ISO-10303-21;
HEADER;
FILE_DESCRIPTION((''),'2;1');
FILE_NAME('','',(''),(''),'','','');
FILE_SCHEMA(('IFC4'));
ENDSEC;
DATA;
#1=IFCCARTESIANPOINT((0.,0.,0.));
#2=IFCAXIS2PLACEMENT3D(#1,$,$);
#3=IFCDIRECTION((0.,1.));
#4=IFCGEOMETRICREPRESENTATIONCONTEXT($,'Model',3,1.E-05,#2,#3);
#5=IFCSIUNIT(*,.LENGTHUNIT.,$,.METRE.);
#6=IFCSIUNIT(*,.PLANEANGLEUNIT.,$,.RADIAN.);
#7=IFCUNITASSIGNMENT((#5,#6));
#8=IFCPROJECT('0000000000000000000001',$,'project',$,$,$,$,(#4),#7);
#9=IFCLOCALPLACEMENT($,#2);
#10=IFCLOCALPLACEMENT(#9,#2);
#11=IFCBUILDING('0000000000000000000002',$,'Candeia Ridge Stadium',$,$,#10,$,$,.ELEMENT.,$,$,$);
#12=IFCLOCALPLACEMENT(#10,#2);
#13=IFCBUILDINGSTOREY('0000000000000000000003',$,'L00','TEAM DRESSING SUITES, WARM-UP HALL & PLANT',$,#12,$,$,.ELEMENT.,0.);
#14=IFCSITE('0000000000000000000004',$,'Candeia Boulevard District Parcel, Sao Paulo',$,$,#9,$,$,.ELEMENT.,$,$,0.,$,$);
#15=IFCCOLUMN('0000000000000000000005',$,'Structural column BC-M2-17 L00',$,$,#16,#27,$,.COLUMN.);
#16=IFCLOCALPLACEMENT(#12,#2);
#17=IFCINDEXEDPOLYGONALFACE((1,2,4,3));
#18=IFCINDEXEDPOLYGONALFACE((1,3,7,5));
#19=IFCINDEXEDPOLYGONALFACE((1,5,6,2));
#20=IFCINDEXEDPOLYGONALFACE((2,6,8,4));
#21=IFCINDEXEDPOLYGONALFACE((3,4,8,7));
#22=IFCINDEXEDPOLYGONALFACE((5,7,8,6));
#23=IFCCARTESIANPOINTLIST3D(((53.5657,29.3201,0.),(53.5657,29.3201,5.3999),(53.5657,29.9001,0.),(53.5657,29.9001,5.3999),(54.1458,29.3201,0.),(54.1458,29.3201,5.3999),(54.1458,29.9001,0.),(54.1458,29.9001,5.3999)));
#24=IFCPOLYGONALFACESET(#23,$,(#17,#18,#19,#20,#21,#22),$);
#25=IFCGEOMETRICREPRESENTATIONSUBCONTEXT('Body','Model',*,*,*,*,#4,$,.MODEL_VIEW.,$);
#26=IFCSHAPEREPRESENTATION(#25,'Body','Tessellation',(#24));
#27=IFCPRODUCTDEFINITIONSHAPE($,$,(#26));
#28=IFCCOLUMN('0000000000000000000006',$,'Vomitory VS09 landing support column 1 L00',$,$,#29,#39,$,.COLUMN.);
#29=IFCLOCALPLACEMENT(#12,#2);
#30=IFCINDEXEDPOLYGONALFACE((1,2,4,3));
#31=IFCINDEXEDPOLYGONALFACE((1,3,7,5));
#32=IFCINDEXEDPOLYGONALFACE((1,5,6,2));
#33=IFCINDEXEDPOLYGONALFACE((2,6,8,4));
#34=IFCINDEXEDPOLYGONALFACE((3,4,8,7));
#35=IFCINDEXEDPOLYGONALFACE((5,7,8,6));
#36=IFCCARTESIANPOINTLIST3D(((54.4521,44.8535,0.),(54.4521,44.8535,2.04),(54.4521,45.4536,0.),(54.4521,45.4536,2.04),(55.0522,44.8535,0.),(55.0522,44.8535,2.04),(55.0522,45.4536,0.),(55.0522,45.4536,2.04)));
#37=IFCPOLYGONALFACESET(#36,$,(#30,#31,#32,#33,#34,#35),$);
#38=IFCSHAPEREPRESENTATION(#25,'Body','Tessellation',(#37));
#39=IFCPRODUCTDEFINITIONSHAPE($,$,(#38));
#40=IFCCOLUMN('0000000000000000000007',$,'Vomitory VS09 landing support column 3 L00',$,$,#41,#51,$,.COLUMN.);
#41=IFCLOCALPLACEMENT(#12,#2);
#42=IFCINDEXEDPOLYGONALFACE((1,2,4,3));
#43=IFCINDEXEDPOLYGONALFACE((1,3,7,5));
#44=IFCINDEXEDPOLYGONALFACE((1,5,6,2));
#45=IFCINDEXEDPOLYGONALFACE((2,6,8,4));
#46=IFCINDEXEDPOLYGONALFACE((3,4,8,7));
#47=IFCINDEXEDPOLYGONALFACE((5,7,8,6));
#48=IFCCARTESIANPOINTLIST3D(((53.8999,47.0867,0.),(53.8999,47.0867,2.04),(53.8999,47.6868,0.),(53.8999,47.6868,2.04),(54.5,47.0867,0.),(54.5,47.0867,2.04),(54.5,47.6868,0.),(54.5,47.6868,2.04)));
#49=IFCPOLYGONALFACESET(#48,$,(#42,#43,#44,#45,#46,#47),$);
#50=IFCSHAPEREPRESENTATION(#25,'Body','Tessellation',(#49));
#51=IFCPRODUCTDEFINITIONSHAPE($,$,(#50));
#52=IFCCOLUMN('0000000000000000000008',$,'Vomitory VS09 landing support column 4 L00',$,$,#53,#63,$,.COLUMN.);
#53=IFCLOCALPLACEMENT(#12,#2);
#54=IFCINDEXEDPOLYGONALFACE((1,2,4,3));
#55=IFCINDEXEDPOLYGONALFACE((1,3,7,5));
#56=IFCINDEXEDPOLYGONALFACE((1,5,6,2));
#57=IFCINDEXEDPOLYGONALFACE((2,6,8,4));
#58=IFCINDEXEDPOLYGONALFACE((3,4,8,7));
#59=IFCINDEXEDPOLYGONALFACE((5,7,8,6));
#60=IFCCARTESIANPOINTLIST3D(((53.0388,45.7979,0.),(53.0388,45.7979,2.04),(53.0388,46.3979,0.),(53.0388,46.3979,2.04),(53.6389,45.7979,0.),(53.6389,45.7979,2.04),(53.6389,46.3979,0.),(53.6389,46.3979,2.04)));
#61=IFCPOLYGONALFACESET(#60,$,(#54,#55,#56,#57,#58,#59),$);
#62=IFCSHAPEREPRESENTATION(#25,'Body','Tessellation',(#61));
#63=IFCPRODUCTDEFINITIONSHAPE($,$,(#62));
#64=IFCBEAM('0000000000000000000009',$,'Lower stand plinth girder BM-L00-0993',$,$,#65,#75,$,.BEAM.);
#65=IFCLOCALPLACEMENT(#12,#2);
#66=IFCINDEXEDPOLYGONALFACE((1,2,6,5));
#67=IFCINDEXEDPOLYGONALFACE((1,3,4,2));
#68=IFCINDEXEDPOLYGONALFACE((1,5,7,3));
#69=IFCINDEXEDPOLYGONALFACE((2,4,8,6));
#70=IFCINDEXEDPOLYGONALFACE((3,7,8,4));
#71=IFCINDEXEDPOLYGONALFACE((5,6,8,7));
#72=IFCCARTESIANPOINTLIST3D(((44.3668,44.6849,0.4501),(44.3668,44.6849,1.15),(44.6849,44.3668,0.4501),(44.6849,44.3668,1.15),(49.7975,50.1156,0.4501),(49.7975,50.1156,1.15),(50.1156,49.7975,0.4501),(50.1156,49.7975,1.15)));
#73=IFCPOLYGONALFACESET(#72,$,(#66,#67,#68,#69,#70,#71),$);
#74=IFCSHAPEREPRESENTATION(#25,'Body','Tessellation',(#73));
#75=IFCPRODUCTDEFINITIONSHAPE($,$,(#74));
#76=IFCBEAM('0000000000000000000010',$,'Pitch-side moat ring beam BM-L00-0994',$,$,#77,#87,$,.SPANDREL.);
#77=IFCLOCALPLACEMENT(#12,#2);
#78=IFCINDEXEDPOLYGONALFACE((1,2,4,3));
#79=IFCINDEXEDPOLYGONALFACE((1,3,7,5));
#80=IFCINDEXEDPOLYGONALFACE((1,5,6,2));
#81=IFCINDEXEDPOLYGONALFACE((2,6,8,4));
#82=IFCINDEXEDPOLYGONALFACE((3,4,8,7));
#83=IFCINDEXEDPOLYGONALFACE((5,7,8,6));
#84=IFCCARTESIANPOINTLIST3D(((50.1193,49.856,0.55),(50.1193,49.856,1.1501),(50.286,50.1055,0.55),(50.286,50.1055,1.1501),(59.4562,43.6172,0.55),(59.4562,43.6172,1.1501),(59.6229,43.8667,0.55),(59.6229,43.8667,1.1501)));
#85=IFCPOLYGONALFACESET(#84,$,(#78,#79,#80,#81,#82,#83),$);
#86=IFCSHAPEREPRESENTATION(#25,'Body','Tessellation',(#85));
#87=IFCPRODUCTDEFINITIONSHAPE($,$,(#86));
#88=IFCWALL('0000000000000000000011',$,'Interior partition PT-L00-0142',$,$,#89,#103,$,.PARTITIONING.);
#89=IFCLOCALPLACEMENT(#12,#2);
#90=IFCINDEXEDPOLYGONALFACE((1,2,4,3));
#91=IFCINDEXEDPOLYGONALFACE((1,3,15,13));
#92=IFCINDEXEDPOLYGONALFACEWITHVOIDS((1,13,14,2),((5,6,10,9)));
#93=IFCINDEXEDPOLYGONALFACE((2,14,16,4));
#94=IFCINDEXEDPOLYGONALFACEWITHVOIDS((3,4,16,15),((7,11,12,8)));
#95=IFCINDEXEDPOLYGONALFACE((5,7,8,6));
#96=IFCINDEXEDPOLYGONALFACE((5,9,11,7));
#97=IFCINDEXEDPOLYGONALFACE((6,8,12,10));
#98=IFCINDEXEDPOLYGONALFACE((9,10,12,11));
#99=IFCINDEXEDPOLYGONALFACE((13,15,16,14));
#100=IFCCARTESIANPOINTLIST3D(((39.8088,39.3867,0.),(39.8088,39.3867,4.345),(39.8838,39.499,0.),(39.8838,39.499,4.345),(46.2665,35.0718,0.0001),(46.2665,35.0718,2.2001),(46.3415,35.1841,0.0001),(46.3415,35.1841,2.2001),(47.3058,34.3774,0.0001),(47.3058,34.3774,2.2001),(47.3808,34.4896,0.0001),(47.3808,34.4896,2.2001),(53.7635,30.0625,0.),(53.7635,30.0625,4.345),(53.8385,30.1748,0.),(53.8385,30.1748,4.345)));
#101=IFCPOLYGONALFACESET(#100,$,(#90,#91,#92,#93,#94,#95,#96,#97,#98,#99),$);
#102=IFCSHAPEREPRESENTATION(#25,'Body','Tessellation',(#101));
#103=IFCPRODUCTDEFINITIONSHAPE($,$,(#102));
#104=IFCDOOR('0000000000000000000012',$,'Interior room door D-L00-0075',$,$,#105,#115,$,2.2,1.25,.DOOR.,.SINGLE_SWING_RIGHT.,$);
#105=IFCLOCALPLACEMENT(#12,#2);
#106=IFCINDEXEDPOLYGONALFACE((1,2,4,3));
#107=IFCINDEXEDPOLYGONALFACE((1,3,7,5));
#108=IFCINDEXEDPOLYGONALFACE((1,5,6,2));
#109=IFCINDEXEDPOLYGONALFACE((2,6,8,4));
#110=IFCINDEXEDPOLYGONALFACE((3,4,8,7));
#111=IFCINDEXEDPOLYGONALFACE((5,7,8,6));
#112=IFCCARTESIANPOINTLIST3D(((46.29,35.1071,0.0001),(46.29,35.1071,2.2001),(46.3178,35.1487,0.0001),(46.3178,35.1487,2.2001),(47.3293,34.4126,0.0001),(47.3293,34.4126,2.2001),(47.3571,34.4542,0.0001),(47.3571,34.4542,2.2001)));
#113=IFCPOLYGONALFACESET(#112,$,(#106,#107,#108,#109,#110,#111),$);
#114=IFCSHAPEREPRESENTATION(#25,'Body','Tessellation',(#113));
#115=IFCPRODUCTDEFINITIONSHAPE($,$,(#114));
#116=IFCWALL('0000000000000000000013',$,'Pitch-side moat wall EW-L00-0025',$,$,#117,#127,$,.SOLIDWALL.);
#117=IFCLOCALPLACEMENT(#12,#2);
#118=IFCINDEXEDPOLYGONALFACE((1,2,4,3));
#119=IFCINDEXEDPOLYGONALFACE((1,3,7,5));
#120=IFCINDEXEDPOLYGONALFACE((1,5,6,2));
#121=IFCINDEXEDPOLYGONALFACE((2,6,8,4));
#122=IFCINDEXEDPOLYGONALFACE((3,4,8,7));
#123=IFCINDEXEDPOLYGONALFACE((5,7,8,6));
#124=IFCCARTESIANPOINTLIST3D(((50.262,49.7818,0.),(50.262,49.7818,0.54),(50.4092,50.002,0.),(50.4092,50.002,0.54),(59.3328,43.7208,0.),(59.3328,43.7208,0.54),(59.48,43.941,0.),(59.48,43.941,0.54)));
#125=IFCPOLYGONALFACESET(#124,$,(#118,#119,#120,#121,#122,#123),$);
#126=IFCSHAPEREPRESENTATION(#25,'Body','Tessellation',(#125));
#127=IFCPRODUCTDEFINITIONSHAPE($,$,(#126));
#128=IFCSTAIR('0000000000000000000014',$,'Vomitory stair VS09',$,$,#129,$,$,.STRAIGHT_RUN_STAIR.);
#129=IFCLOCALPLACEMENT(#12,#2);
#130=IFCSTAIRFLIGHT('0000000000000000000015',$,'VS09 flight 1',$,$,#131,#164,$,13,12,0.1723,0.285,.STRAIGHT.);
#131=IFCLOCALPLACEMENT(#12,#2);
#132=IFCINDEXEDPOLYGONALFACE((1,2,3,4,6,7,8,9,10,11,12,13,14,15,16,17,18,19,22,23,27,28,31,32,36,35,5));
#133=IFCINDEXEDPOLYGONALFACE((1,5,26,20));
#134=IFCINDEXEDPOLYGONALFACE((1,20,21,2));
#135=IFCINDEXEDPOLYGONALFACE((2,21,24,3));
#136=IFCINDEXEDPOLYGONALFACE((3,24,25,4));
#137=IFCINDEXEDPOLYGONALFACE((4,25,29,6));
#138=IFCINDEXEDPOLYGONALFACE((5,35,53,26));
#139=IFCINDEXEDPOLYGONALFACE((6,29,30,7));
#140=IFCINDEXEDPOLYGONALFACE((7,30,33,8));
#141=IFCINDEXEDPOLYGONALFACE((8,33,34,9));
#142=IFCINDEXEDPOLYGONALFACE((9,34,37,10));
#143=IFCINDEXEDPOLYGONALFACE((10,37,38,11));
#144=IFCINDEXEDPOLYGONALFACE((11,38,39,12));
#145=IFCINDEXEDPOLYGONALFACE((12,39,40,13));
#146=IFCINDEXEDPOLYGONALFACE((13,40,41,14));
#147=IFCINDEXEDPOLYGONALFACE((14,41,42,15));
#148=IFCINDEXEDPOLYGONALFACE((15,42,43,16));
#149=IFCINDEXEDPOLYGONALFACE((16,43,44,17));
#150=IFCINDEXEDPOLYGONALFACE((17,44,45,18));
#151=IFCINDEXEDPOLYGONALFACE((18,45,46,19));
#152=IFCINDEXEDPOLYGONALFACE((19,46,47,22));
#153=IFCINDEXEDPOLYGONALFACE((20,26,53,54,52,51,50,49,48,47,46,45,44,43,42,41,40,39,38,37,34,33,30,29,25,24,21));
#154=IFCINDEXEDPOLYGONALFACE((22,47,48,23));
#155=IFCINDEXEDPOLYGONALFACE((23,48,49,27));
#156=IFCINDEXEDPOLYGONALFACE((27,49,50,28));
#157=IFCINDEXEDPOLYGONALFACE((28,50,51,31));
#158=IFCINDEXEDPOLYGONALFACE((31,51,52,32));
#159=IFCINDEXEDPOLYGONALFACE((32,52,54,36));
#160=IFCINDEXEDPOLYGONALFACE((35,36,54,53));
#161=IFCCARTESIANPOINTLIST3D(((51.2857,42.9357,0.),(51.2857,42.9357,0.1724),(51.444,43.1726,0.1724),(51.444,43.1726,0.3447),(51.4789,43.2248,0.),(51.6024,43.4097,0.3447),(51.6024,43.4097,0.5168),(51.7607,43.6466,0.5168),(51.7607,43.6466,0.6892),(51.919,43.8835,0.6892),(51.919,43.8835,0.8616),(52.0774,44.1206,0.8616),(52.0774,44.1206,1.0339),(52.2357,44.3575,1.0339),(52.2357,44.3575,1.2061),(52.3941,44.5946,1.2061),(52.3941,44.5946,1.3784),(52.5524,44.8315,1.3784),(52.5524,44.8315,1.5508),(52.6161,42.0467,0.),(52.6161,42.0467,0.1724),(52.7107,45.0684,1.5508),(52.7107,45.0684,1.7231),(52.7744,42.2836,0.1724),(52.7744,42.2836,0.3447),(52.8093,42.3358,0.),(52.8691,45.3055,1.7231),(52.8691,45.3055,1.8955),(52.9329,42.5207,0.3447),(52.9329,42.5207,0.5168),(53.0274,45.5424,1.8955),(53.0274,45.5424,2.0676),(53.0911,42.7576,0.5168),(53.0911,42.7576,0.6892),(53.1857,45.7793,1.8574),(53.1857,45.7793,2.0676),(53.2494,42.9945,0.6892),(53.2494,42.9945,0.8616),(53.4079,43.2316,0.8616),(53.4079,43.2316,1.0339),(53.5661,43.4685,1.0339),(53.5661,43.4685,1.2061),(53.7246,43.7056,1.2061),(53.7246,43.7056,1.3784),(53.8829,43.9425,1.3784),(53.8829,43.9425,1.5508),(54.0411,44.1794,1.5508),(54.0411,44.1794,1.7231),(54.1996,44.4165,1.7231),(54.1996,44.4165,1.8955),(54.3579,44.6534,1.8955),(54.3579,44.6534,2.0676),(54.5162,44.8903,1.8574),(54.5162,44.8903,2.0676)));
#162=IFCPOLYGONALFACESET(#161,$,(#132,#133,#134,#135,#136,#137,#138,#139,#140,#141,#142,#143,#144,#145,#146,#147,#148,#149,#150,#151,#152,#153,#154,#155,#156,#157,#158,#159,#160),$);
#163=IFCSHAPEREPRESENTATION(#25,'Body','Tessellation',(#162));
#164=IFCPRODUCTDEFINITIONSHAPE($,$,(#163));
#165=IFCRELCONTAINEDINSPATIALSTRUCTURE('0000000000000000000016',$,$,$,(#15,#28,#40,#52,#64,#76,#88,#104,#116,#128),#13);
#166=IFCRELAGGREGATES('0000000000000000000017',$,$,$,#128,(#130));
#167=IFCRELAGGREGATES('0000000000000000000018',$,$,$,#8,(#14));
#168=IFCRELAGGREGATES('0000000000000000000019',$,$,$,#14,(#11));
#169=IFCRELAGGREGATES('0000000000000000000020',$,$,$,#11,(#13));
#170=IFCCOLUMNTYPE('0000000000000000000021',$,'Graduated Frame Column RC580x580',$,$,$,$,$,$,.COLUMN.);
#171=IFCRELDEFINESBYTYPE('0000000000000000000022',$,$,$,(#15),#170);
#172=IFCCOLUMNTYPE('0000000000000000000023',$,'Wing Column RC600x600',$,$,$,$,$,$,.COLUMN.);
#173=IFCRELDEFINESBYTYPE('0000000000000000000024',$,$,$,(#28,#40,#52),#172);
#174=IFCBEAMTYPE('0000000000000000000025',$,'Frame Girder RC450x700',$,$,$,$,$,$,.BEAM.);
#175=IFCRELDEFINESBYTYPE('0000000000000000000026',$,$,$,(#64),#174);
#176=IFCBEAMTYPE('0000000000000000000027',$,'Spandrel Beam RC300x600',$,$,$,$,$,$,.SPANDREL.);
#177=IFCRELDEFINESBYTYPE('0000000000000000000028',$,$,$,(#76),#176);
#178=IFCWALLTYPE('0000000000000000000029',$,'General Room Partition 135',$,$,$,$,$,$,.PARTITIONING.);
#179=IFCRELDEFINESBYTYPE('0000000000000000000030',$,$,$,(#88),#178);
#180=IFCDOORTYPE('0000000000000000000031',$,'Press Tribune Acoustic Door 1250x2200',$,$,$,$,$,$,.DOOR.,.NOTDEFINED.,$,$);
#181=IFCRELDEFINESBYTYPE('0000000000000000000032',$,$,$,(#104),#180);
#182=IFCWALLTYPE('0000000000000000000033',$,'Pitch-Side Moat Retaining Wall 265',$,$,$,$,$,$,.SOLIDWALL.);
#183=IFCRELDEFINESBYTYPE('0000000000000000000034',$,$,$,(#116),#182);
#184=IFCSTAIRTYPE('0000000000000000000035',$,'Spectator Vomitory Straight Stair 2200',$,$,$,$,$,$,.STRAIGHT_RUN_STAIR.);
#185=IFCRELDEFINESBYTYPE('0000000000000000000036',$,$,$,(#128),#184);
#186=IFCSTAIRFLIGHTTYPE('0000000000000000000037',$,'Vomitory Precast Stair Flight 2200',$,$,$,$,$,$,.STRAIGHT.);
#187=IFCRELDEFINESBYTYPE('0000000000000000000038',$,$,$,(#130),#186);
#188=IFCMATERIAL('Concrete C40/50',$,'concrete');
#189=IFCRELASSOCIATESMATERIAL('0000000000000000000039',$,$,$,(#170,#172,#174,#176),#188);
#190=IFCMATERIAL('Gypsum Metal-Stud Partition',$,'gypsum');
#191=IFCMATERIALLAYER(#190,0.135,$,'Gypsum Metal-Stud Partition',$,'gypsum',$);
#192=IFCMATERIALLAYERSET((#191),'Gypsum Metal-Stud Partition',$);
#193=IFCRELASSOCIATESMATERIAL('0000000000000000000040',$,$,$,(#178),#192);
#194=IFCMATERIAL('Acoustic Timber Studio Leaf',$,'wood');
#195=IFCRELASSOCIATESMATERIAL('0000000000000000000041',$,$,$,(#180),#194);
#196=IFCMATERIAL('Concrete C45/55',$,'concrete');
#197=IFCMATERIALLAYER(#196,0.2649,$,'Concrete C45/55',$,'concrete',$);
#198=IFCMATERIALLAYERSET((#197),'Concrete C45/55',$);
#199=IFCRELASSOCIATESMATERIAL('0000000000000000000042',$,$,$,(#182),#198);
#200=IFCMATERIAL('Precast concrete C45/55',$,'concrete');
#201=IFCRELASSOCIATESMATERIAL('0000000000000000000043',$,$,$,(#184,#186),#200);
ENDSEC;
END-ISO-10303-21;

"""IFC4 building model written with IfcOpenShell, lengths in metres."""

from ifc_helpers import new_model, si_unit, direction, frame, frame_2d, origin, origin_2d, place, context, subcontext, project, spatial, polyline, rectangle, outline, extrude, material, layer, layer_set, material_profile, profile_set, type_object, element, fill, aggregate, save


model = new_model("IFC4")

# Units and contexts
model_context = context("Model", 3, precision=1e-05, world=origin(), true_north=direction((0.0, 1.0)))
body_context = subcontext(model_context, "Body", "Model", "MODEL_VIEW")
ifc_project = project(units=[si_unit("LENGTHUNIT", "METRE"), si_unit("PLANEANGLEUNIT", "RADIAN")], contexts=[model_context])

# Site, building, storey
site_placement = place(None, origin())
site = spatial("IfcSite", under=ifc_project, at=site_placement, Name="Candeia Boulevard District Parcel, Sao Paulo", CompositionType="ELEMENT", RefElevation=0.0)
building_placement = place(site_placement, origin())
building = spatial("IfcBuilding", under=site, at=building_placement, Name="Candeia Ridge Stadium", CompositionType="ELEMENT")
storey_placement = place(building_placement, origin())
storey = spatial("IfcBuildingStorey", under=building, at=storey_placement, Name="L00", Description="TEAM DRESSING SUITES, WARM-UP HALL & PLANT", CompositionType="ELEMENT", Elevation=0.0)

# Shared definitions
ifc_material_1 = material(Name="Concrete C40/50", Category="concrete")

# Columns
ifc_material_profile_1 = material_profile(ifc_material_1, rectangle(XDim=0.5801, YDim=0.5801, at=origin_2d()), Name="RC580x580", Category="concrete")
ifc_profile_set_1 = profile_set([ifc_material_profile_1], Name="Concrete C40/50")
column_type_1 = type_object("IfcColumnType", Name="Graduated Frame Column RC580x580", PredefinedType="COLUMN", material=ifc_profile_set_1)
column_placement = place(storey_placement, frame((53.8557, 29.6101, 0.0), z_axis=(0.0, 0.0, 1.0), x_axis=(1.0, 0.0, 0.0)))
element("IfcColumn", 1, at=column_placement, inside=storey, type_object=column_type_1, Name="Structural column BC-M2-17 L00", PredefinedType="COLUMN", context=body_context, shape_type="SweptSolid", body=[
    extrude(rectangle(XDim=0.5801, YDim=0.5801, at=origin_2d()), origin(), (0.0, 0.0, 1.0), 5.3999),
])
ifc_material_profile_2 = material_profile(ifc_material_1, rectangle(XDim=0.6001, YDim=0.6001, at=origin_2d()), Name="RC600x600", Category="concrete")
ifc_profile_set_2 = profile_set([ifc_material_profile_2], Name="Concrete C40/50")
column_type_2 = type_object("IfcColumnType", Name="Wing Column RC600x600", PredefinedType="COLUMN", material=ifc_profile_set_2)
for number, where, z_axis, x_axis, name in (
    (2, (54.7522, 45.1536, 0.0), (0.0, 0.0, 1.0), (1.0, 0.0, 0.0), "Vomitory VS09 landing support column 1 L00"),
    (3, (54.2, 47.3867, 0.0), (0.0, 0.0, 1.0), (1.0, 0.0, 0.0), "Vomitory VS09 landing support column 3 L00"),
    (4, (53.3389, 46.0979, 0.0), (0.0, 0.0, 1.0), (1.0, 0.0, 0.0), "Vomitory VS09 landing support column 4 L00"),
):
    element("IfcColumn", number, at=place(storey_placement, frame(where, z_axis=z_axis, x_axis=x_axis)), inside=storey, type_object=column_type_2, Name=name, PredefinedType="COLUMN", context=body_context, shape_type="SweptSolid", body=[
        extrude(rectangle(XDim=0.6001, YDim=0.6001, at=origin_2d()), origin(), (0.0, 0.0, 1.0), 2.04),
    ])

# Beams
ifc_material_profile_3 = material_profile(ifc_material_1, rectangle(XDim=0.45, YDim=0.7, at=origin_2d()), Name="RC450x700", Category="concrete")
ifc_profile_set_3 = profile_set([ifc_material_profile_3], Name="Concrete C40/50")
beam_type_1 = type_object("IfcBeamType", Name="Frame Girder RC450x700", PredefinedType="BEAM", material=ifc_profile_set_3)
beam_1_placement = place(storey_placement, frame((49.9565, 49.9565, 0.8), z_axis=(-0.707107, -0.707107, 0.0), x_axis=(0.707107, -0.707107, 0.0)))
element("IfcBeam", 5, at=beam_1_placement, inside=storey, type_object=beam_type_1, Name="Lower stand plinth girder BM-L00-0993", PredefinedType="BEAM", context=body_context, shape_type="SweptSolid", body=[
    extrude(rectangle(XDim=0.45, YDim=0.7, at=origin_2d()), origin(), (0.0, 0.0, 1.0), 7.6802),
])
ifc_material_profile_4 = material_profile(ifc_material_1, rectangle(XDim=0.3, YDim=0.6001, at=origin_2d()), Name="RC300x600", Category="concrete")
ifc_profile_set_4 = profile_set([ifc_material_profile_4], Name="Concrete C40/50")
beam_type_2 = type_object("IfcBeamType", Name="Spandrel Beam RC300x600", PredefinedType="SPANDREL", material=ifc_profile_set_4)
beam_2_placement = place(storey_placement, frame((50.2026, 49.9807, 0.8501), z_axis=(0.831468, -0.555573, 0.0), x_axis=(0.555573, 0.831468, 0.0)))
element("IfcBeam", 6, at=beam_2_placement, inside=storey, type_object=beam_type_2, Name="Pitch-side moat ring beam BM-L00-0994", PredefinedType="SPANDREL", context=body_context, shape_type="SweptSolid", body=[
    extrude(rectangle(XDim=0.3, YDim=0.6001, at=origin_2d()), origin(), (0.0, 0.0, 1.0), 11.2295),
])

# Wall, opening, door
ifc_material_2 = material(Name="Gypsum Metal-Stud Partition", Category="gypsum")
ifc_layer_1 = layer(ifc_material_2, 0.135, Name="Gypsum Metal-Stud Partition", Category="gypsum")
ifc_layer_set_1 = layer_set([ifc_layer_1], Name="Gypsum Metal-Stud Partition")
wall_type_1 = type_object("IfcWallType", Name="General Room Partition 135", PredefinedType="PARTITIONING", material=ifc_layer_set_1)
wall_1_placement = place(storey_placement, frame((53.801, 30.1187, 0.0), z_axis=(0.0, 0.0, 1.0), x_axis=(-0.831472, 0.555566, 0.0)))
wall_1 = element("IfcWall", 7, at=wall_1_placement, inside=storey, type_object=wall_type_1, Name="Interior partition PT-L00-0142", PredefinedType="PARTITIONING", context=body_context, shape_type="SweptSolid", body=[
    extrude(rectangle(XDim=16.7832, YDim=0.135, at=frame_2d((8.3916, 0.0))), origin(), (0.0, 0.0, 1.0), 4.345),
])
opening_placement = place(wall_1_placement, frame((7.7666, 0.0, 0.0)))
opening = element("IfcOpeningElement", 8, at=opening_placement, cuts=wall_1, PredefinedType="OPENING", context=body_context, shape_type="SweptSolid", body=[
    extrude(rectangle(XDim=1.25, YDim=2.2, at=frame_2d((0.625, 1.1001))), frame((0.0, 0.0774, 0.0), z_axis=(0.0, -1.0, 0.0), x_axis=(1.0, 0.0, 0.0)), (0.0, 0.0, 1.0), 0.155),
])
ifc_material_3 = material(Name="Acoustic Timber Studio Leaf", Category="wood")
door_type = type_object("IfcDoorType", Name="Press Tribune Acoustic Door 1250x2200", OperationType="NOTDEFINED", PredefinedType="DOOR", material=ifc_material_3)
door_placement = place(opening_placement, frame((1.25, 0.0, 0.0), z_axis=(0.0, 0.0, 1.0), x_axis=(-1.0, 0.0, 0.0)))
door = element("IfcDoor", 9, at=door_placement, inside=storey, type_object=door_type, Name="Interior room door D-L00-0075", OperationType="SINGLE_SWING_RIGHT", OverallHeight=2.2, OverallWidth=1.25, PredefinedType="DOOR", context=body_context, shape_type="SweptSolid", body=[
    extrude(rectangle(XDim=1.25, YDim=2.2, at=frame_2d((0.625, 1.1001))), frame((0.0, 0.0249, 0.0), z_axis=(0.0, -1.0, 0.0), x_axis=(1.0, 0.0, 0.0)), (0.0, 0.0, 1.0), 0.05),
])
fill(opening, door)

# Wall
ifc_material_4 = material(Name="Concrete C45/55", Category="concrete")
ifc_layer_2 = layer(ifc_material_4, 0.2649, Name="Concrete C45/55", Category="concrete")
ifc_layer_set_2 = layer_set([ifc_layer_2], Name="Concrete C45/55")
wall_type_2 = type_object("IfcWallType", Name="Pitch-Side Moat Retaining Wall 265", PredefinedType="SOLIDWALL", material=ifc_layer_set_2)
wall_2_placement = place(storey_placement, frame((50.3357, 49.8918, 0.0), z_axis=(0.0, 0.0, 1.0), x_axis=(0.831465, -0.555578, 0.0)))
element("IfcWall", 10, at=wall_2_placement, inside=storey, type_object=wall_type_2, Name="Pitch-side moat wall EW-L00-0025", PredefinedType="SOLIDWALL", context=body_context, shape_type="SweptSolid", body=[
    extrude(rectangle(XDim=10.9094, YDim=0.2649, at=frame_2d((5.4546, 0.0))), origin(), (0.0, 0.0, 1.0), 0.54),
])

# Stair, stair flight
ifc_material_5 = material(Name="Precast concrete C45/55", Category="concrete")
stair_type = type_object("IfcStairType", Name="Spectator Vomitory Straight Stair 2200", PredefinedType="STRAIGHT_RUN_STAIR", material=ifc_material_5)
stair_placement = place(storey_placement, origin())
stair = element("IfcStair", 11, at=stair_placement, inside=storey, type_object=stair_type, Name="Vomitory stair VS09", PredefinedType="STRAIGHT_RUN_STAIR")
stair_flight_type = type_object("IfcStairFlightType", Name="Vomitory Precast Stair Flight 2200", PredefinedType="STRAIGHT", material=ifc_material_5)
stair_flight_placement = place(storey_placement, frame((51.9509, 42.4912, 0.0), z_axis=(0.0, 0.0, 1.0), x_axis=(0.55557, 0.83147, 0.0)))
stair_flight = element("IfcStairFlight", 12, at=stair_flight_placement, type_object=stair_flight_type, Name="VS09 flight 1", NumberOfRisers=13, NumberOfTreads=12, PredefinedType="STRAIGHT", RiserHeight=0.1723, TreadLength=0.285, context=body_context, shape_type="SweptSolid", body=[
    extrude(outline(polyline([(0.0, 0.0), (0.0, 0.1724), (0.2849, 0.1724), (0.2849, 0.3447), (0.5701, 0.3447), (0.5701, 0.5168), (0.855, 0.5168), (0.855, 0.6892), (1.1399, 0.6892), (1.1399, 0.8616), (1.425, 0.8616), (1.425, 1.0339), (1.71, 1.0339), (1.71, 1.2061), (1.9951, 1.2061), (1.9951, 1.3784), (2.28, 1.3784), (2.28, 1.5508), (2.5649, 1.5508), (2.5649, 1.7231), (2.8501, 1.7231), (2.8501, 1.8955), (3.135, 1.8955), (3.135, 2.0676), (3.4199, 2.0676), (3.4199, 2.24), (3.4199, 1.8574), (0.3477, 0.0), (0.0, 0.0)])), frame((0.0, 0.8, 0.0), z_axis=(0.0, -1.0, 0.0), x_axis=(1.0, 0.0, 0.0)), (0.0, 0.0, 1.0), 1.6001),
])
aggregate(stair, [stair_flight])

save(model, "model.ifc")
